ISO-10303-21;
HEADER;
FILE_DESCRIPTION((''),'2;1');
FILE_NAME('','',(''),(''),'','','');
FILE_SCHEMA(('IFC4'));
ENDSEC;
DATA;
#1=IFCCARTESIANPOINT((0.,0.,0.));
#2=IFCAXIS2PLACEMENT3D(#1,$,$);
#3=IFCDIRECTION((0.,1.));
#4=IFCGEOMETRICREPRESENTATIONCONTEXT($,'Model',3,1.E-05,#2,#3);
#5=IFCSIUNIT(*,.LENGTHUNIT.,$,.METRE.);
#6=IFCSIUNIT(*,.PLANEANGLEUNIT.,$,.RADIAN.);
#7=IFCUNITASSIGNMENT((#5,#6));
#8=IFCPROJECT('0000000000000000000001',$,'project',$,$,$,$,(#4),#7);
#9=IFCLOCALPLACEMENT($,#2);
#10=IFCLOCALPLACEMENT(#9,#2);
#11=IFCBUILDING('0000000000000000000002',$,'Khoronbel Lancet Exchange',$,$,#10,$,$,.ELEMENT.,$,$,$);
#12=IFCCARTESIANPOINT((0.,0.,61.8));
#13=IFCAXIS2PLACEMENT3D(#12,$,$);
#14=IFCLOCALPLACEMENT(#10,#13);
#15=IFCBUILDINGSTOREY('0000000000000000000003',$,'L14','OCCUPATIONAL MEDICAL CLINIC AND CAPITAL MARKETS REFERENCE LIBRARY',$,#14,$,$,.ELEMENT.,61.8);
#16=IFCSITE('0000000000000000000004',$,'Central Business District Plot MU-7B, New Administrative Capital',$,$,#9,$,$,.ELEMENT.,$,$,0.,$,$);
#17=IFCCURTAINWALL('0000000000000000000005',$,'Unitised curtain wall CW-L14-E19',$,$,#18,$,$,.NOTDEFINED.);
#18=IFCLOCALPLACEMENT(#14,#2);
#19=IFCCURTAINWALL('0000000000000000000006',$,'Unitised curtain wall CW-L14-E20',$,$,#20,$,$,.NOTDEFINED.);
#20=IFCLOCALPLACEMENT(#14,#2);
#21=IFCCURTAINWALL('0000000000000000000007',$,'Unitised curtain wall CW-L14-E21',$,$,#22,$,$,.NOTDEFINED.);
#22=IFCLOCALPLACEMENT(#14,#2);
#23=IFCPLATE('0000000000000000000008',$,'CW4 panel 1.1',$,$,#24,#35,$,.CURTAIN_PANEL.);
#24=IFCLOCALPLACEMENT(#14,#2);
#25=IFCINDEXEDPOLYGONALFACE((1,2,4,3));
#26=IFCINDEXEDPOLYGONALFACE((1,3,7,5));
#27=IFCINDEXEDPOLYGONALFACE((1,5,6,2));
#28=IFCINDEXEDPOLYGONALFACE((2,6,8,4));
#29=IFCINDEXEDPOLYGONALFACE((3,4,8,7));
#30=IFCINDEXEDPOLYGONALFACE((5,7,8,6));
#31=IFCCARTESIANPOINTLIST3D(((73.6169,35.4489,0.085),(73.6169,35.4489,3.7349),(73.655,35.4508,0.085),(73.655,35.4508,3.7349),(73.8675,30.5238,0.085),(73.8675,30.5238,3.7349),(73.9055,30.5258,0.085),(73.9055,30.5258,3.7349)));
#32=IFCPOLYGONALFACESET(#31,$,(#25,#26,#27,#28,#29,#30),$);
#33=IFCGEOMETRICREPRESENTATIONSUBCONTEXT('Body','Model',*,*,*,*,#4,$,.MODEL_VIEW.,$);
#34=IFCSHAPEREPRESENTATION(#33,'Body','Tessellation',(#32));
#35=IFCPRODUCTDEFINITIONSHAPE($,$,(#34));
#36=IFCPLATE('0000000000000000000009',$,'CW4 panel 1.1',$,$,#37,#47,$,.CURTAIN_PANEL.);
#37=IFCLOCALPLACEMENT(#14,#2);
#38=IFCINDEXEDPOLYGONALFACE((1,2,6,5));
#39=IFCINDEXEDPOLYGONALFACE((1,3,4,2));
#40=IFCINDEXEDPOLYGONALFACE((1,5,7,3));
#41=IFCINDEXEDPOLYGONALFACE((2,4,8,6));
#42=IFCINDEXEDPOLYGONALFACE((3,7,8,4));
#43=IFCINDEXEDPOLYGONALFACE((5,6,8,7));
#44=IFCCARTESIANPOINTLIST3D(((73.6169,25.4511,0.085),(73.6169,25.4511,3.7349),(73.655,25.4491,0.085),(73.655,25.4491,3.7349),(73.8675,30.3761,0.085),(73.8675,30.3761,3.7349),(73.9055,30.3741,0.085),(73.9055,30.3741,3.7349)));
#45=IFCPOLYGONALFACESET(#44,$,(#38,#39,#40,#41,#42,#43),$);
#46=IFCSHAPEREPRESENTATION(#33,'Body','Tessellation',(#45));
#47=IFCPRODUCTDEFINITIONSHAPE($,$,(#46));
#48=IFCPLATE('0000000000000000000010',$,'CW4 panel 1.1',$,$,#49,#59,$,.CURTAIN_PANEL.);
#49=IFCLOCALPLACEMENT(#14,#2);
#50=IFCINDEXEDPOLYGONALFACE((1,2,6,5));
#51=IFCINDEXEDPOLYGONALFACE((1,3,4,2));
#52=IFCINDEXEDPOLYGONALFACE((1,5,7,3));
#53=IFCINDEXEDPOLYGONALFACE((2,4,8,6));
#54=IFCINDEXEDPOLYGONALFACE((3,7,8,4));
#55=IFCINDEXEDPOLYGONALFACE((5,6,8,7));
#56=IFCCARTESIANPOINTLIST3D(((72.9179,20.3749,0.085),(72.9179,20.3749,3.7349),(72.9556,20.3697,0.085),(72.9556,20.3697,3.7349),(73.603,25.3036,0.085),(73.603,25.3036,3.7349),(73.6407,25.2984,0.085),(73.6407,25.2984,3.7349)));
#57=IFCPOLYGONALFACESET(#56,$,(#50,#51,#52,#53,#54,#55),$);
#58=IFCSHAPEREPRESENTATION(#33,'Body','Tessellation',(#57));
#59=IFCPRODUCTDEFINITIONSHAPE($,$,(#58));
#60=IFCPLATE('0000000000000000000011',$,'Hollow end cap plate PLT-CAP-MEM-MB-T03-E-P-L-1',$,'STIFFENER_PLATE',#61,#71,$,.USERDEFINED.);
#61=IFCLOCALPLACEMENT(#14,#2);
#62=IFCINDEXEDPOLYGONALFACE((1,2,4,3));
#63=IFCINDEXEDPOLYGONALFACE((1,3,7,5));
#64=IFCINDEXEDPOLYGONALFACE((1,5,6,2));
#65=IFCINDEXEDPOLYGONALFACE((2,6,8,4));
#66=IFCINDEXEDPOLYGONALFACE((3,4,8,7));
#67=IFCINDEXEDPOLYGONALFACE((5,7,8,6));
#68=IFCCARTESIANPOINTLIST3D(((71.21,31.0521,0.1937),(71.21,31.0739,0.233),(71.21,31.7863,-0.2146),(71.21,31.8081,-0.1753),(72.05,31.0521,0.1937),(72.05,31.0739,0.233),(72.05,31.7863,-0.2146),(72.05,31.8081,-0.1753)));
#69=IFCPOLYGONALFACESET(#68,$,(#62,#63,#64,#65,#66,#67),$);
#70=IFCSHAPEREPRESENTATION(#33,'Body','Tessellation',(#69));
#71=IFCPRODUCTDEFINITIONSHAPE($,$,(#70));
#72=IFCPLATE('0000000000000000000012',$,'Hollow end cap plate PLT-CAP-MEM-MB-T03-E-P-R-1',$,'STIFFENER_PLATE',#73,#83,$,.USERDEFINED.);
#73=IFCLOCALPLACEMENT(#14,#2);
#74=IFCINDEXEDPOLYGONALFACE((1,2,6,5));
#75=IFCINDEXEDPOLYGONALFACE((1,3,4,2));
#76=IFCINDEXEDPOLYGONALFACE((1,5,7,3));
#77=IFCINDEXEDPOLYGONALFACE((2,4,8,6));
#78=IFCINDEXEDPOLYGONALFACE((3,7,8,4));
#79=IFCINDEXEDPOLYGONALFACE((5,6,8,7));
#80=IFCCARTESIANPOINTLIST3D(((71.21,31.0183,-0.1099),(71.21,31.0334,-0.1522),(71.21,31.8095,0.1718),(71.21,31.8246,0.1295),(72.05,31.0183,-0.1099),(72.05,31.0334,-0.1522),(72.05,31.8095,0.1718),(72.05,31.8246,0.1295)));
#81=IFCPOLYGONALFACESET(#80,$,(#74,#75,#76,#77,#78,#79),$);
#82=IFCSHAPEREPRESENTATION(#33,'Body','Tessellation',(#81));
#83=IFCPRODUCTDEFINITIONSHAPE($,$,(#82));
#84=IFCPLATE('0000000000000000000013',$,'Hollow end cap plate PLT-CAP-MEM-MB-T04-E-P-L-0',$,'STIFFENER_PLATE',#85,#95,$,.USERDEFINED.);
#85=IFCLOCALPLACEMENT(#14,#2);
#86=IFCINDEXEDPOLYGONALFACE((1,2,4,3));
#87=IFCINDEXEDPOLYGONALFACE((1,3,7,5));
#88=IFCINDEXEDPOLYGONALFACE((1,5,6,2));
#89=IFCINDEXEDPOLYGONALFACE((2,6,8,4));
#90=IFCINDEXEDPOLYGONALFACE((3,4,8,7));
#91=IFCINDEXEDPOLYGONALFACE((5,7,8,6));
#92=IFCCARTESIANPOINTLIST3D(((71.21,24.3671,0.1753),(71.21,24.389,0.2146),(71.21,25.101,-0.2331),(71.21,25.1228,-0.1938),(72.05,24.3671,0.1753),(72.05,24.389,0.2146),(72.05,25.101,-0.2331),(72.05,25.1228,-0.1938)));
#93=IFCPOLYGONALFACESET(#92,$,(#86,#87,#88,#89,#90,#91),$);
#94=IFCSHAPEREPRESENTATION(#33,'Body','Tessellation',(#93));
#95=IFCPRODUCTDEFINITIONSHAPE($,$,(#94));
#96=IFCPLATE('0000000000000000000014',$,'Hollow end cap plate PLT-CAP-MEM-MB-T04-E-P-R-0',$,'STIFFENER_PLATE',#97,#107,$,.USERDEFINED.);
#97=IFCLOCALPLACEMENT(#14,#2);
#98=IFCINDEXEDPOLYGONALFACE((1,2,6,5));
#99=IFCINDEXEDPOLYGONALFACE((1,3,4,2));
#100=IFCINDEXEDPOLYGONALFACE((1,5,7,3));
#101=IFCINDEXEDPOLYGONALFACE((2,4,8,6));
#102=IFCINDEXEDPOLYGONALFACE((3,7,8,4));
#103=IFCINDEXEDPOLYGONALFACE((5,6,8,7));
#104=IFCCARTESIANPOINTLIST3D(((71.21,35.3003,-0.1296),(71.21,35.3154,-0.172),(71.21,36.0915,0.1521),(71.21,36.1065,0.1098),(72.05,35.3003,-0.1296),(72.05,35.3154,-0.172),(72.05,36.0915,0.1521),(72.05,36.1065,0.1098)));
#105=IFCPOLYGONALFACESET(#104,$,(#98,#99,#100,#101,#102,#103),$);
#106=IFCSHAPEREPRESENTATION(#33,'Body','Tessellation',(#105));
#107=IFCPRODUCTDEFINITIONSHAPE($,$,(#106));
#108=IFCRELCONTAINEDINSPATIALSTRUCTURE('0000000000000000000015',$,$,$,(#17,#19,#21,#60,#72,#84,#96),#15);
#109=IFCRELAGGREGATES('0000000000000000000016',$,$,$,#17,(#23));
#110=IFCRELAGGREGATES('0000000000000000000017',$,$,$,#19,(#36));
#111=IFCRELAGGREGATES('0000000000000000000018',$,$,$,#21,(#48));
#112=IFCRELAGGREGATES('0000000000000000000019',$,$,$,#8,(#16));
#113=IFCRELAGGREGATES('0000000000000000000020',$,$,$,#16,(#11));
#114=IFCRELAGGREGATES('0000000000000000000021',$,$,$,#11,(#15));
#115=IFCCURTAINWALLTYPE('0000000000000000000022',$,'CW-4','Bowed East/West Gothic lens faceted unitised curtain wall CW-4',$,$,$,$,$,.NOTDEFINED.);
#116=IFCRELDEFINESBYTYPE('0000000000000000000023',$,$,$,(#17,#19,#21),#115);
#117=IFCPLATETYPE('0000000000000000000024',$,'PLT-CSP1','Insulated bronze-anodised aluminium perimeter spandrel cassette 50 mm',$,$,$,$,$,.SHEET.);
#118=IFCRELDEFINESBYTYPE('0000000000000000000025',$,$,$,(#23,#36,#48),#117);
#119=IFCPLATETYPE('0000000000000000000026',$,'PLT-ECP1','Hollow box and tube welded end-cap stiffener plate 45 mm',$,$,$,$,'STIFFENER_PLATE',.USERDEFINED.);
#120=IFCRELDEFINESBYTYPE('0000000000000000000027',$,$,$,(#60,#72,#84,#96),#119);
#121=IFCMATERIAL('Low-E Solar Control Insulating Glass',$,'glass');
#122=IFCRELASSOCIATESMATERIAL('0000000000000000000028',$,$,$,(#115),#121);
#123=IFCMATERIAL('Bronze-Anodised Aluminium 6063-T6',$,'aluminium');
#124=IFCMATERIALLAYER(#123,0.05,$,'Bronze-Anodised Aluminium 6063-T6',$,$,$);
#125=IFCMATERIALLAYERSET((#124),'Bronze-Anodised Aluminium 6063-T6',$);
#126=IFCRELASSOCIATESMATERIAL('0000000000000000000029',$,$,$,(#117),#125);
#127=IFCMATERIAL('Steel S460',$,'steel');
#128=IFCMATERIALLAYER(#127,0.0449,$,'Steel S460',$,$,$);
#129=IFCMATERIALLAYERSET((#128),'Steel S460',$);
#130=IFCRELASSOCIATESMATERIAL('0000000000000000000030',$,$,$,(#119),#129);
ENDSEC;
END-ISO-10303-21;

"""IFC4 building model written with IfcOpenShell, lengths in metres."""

from ifc_helpers import new_model, si_unit, direction, frame, origin, origin_2d, place, context, subcontext, project, spatial, polyline, rectangle, outline, extrude, material, layer, layer_set, type_object, element, aggregate, save


model = new_model("IFC4")

# Units and contexts
model_context = context("Model", 3, precision=1e-05, world=origin(), true_north=direction((0.0, 1.0)))
body_context = subcontext(model_context, "Body", "Model", "MODEL_VIEW")
ifc_project = project(units=[si_unit("LENGTHUNIT", "METRE"), si_unit("PLANEANGLEUNIT", "RADIAN")], contexts=[model_context])

# Site, building, storey
site_placement = place(None, origin())
site = spatial("IfcSite", under=ifc_project, at=site_placement, Name="Central Business District Plot MU-7B, New Administrative Capital", CompositionType="ELEMENT", RefElevation=0.0)
building_placement = place(site_placement, origin())
building = spatial("IfcBuilding", under=site, at=building_placement, Name="Khoronbel Lancet Exchange", CompositionType="ELEMENT")
storey_placement = place(building_placement, frame((0.0, 0.0, 61.8)))
storey = spatial("IfcBuildingStorey", under=building, at=storey_placement, Name="L14", Description="OCCUPATIONAL MEDICAL CLINIC AND CAPITAL MARKETS REFERENCE LIBRARY", CompositionType="ELEMENT", Elevation=61.8)

# Shared definitions
ifc_material_1 = material(Name="Low-E Solar Control Insulating Glass", Category="glass")
curtain_wall_type = type_object("IfcCurtainWallType", Name="CW-4", Description="Bowed East/West Gothic lens faceted unitised curtain wall CW-4", PredefinedType="NOTDEFINED", material=ifc_material_1)
ifc_material_2 = material(Name="Bronze-Anodised Aluminium 6063-T6", Category="aluminium")

# Curtain walls
curtain_wall_1_placement = place(storey_placement, origin())
curtain_wall_1 = element("IfcCurtainWall", 1, at=curtain_wall_1_placement, inside=storey, type_object=curtain_wall_type, Name="Unitised curtain wall CW-L14-E19", PredefinedType="NOTDEFINED")
curtain_wall_2_placement = place(storey_placement, origin())
curtain_wall_2 = element("IfcCurtainWall", 2, at=curtain_wall_2_placement, inside=storey, type_object=curtain_wall_type, Name="Unitised curtain wall CW-L14-E20", PredefinedType="NOTDEFINED")

# Curtain wall
curtain_wall_3_placement = place(storey_placement, origin())
curtain_wall_3 = element("IfcCurtainWall", 3, at=curtain_wall_3_placement, inside=storey, type_object=curtain_wall_type, Name="Unitised curtain wall CW-L14-E21", PredefinedType="NOTDEFINED")

# Shared definitions
ifc_material_3 = material(Name="Steel S460", Category="steel")

# Plates
ifc_layer_1 = layer(ifc_material_2, 0.05, Name="Bronze-Anodised Aluminium 6063-T6")
ifc_layer_set_1 = layer_set([ifc_layer_1], Name="Bronze-Anodised Aluminium 6063-T6")
plate_type_1 = type_object("IfcPlateType", Name="PLT-CSP1", Description="Insulated bronze-anodised aluminium perimeter spandrel cassette 50 mm", PredefinedType="SHEET", material=ifc_layer_set_1)
plate_1_placement = place(storey_placement, frame((73.7612, 32.9873, 0.085), z_axis=(0.0, 0.0, 1.0), x_axis=(0.050813, -0.998708, 0.0)))
plate_1 = element("IfcPlate", 4, at=plate_1_placement, type_object=plate_type_1, Name="CW4 panel 1.1", PredefinedType="CURTAIN_PANEL", context=body_context, shape_type="SweptSolid", body=[
    extrude(rectangle(XDim=4.9314, YDim=0.0381, at=origin_2d()), origin(), (0.0, 0.0, 1.0), 3.6499),
])
aggregate(curtain_wall_1, [plate_1])
plate_2_placement = place(storey_placement, frame((73.7612, 27.9126, 0.085), z_axis=(0.0, 0.0, 1.0), x_axis=(-0.050813, -0.998708, 0.0)))
plate_2 = element("IfcPlate", 5, at=plate_2_placement, type_object=plate_type_1, Name="CW4 panel 1.1", PredefinedType="CURTAIN_PANEL", context=body_context, shape_type="SweptSolid", body=[
    extrude(rectangle(XDim=4.9314, YDim=0.0381, at=origin_2d()), origin(), (0.0, 0.0, 1.0), 3.6499),
])
aggregate(curtain_wall_2, [plate_2])
plate_3_placement = place(storey_placement, frame((73.2793, 22.8367, 0.085), z_axis=(0.0, 0.0, 1.0), x_axis=(-0.137668, -0.990478, 0.0)))
plate_3 = element("IfcPlate", 6, at=plate_3_placement, type_object=plate_type_1, Name="CW4 panel 1.1", PredefinedType="CURTAIN_PANEL", context=body_context, shape_type="SweptSolid", body=[
    extrude(rectangle(XDim=4.9761, YDim=0.0381, at=origin_2d()), origin(), (0.0, 0.0, 1.0), 3.6499),
])
aggregate(curtain_wall_3, [plate_3])

# Plates
ifc_layer_2 = layer(ifc_material_3, 0.0449, Name="Steel S460")
ifc_layer_set_2 = layer_set([ifc_layer_2], Name="Steel S460")
plate_type_2 = type_object("IfcPlateType", Name="PLT-ECP1", Description="Hollow box and tube welded end-cap stiffener plate 45 mm", ElementType="STIFFENER_PLATE", PredefinedType="USERDEFINED", material=ifc_layer_set_2)
plate_4_placement = place(storey_placement, frame((72.05, 31.8081, -0.1753), z_axis=(0.0, 0.485964, 0.873979), x_axis=(-1.0, 0.0, 0.0)))
element("IfcPlate", 7, at=plate_4_placement, inside=storey, type_object=plate_type_2, Name="Hollow end cap plate PLT-CAP-MEM-MB-T03-E-P-L-1", ObjectType="STIFFENER_PLATE", PredefinedType="USERDEFINED", context=body_context, shape_type="SweptSolid", body=[
    extrude(outline(polyline([(0.0, 0.0), (0.8401, 0.0), (0.8401, 0.8401), (0.0, 0.8401), (0.0, 0.0)])), origin(), (0.0, 0.0, -1.0), 0.0449),
])
for number, where, z_axis, x_axis, name in (
    (8, (71.21, 31.0183, -0.1099), (0.0, -0.335434, 0.942064), (1.0, 0.0, 0.0), "Hollow end cap plate PLT-CAP-MEM-MB-T03-E-P-R-1"),
    (9, (72.05, 25.1228, -0.1938), (0.0, 0.486309, 0.873787), (-1.0, 0.0, 0.0), "Hollow end cap plate PLT-CAP-MEM-MB-T04-E-P-L-0"),
    (10, (71.21, 35.3003, -0.1296), (0.0, -0.335434, 0.942064), (1.0, 0.0, 0.0), "Hollow end cap plate PLT-CAP-MEM-MB-T04-E-P-R-0"),
):
    element("IfcPlate", number, at=place(storey_placement, frame(where, z_axis=z_axis, x_axis=x_axis)), inside=storey, type_object=plate_type_2, Name=name, ObjectType="STIFFENER_PLATE", PredefinedType="USERDEFINED", context=body_context, shape_type="SweptSolid", body=[
        extrude(outline(polyline([(0.0, 0.0), (0.8401, 0.0), (0.8401, 0.8398), (0.0, 0.8398), (0.0, 0.0)])), origin(), (0.0, 0.0, -1.0), 0.0449),
    ])

save(model, "model.ifc")
